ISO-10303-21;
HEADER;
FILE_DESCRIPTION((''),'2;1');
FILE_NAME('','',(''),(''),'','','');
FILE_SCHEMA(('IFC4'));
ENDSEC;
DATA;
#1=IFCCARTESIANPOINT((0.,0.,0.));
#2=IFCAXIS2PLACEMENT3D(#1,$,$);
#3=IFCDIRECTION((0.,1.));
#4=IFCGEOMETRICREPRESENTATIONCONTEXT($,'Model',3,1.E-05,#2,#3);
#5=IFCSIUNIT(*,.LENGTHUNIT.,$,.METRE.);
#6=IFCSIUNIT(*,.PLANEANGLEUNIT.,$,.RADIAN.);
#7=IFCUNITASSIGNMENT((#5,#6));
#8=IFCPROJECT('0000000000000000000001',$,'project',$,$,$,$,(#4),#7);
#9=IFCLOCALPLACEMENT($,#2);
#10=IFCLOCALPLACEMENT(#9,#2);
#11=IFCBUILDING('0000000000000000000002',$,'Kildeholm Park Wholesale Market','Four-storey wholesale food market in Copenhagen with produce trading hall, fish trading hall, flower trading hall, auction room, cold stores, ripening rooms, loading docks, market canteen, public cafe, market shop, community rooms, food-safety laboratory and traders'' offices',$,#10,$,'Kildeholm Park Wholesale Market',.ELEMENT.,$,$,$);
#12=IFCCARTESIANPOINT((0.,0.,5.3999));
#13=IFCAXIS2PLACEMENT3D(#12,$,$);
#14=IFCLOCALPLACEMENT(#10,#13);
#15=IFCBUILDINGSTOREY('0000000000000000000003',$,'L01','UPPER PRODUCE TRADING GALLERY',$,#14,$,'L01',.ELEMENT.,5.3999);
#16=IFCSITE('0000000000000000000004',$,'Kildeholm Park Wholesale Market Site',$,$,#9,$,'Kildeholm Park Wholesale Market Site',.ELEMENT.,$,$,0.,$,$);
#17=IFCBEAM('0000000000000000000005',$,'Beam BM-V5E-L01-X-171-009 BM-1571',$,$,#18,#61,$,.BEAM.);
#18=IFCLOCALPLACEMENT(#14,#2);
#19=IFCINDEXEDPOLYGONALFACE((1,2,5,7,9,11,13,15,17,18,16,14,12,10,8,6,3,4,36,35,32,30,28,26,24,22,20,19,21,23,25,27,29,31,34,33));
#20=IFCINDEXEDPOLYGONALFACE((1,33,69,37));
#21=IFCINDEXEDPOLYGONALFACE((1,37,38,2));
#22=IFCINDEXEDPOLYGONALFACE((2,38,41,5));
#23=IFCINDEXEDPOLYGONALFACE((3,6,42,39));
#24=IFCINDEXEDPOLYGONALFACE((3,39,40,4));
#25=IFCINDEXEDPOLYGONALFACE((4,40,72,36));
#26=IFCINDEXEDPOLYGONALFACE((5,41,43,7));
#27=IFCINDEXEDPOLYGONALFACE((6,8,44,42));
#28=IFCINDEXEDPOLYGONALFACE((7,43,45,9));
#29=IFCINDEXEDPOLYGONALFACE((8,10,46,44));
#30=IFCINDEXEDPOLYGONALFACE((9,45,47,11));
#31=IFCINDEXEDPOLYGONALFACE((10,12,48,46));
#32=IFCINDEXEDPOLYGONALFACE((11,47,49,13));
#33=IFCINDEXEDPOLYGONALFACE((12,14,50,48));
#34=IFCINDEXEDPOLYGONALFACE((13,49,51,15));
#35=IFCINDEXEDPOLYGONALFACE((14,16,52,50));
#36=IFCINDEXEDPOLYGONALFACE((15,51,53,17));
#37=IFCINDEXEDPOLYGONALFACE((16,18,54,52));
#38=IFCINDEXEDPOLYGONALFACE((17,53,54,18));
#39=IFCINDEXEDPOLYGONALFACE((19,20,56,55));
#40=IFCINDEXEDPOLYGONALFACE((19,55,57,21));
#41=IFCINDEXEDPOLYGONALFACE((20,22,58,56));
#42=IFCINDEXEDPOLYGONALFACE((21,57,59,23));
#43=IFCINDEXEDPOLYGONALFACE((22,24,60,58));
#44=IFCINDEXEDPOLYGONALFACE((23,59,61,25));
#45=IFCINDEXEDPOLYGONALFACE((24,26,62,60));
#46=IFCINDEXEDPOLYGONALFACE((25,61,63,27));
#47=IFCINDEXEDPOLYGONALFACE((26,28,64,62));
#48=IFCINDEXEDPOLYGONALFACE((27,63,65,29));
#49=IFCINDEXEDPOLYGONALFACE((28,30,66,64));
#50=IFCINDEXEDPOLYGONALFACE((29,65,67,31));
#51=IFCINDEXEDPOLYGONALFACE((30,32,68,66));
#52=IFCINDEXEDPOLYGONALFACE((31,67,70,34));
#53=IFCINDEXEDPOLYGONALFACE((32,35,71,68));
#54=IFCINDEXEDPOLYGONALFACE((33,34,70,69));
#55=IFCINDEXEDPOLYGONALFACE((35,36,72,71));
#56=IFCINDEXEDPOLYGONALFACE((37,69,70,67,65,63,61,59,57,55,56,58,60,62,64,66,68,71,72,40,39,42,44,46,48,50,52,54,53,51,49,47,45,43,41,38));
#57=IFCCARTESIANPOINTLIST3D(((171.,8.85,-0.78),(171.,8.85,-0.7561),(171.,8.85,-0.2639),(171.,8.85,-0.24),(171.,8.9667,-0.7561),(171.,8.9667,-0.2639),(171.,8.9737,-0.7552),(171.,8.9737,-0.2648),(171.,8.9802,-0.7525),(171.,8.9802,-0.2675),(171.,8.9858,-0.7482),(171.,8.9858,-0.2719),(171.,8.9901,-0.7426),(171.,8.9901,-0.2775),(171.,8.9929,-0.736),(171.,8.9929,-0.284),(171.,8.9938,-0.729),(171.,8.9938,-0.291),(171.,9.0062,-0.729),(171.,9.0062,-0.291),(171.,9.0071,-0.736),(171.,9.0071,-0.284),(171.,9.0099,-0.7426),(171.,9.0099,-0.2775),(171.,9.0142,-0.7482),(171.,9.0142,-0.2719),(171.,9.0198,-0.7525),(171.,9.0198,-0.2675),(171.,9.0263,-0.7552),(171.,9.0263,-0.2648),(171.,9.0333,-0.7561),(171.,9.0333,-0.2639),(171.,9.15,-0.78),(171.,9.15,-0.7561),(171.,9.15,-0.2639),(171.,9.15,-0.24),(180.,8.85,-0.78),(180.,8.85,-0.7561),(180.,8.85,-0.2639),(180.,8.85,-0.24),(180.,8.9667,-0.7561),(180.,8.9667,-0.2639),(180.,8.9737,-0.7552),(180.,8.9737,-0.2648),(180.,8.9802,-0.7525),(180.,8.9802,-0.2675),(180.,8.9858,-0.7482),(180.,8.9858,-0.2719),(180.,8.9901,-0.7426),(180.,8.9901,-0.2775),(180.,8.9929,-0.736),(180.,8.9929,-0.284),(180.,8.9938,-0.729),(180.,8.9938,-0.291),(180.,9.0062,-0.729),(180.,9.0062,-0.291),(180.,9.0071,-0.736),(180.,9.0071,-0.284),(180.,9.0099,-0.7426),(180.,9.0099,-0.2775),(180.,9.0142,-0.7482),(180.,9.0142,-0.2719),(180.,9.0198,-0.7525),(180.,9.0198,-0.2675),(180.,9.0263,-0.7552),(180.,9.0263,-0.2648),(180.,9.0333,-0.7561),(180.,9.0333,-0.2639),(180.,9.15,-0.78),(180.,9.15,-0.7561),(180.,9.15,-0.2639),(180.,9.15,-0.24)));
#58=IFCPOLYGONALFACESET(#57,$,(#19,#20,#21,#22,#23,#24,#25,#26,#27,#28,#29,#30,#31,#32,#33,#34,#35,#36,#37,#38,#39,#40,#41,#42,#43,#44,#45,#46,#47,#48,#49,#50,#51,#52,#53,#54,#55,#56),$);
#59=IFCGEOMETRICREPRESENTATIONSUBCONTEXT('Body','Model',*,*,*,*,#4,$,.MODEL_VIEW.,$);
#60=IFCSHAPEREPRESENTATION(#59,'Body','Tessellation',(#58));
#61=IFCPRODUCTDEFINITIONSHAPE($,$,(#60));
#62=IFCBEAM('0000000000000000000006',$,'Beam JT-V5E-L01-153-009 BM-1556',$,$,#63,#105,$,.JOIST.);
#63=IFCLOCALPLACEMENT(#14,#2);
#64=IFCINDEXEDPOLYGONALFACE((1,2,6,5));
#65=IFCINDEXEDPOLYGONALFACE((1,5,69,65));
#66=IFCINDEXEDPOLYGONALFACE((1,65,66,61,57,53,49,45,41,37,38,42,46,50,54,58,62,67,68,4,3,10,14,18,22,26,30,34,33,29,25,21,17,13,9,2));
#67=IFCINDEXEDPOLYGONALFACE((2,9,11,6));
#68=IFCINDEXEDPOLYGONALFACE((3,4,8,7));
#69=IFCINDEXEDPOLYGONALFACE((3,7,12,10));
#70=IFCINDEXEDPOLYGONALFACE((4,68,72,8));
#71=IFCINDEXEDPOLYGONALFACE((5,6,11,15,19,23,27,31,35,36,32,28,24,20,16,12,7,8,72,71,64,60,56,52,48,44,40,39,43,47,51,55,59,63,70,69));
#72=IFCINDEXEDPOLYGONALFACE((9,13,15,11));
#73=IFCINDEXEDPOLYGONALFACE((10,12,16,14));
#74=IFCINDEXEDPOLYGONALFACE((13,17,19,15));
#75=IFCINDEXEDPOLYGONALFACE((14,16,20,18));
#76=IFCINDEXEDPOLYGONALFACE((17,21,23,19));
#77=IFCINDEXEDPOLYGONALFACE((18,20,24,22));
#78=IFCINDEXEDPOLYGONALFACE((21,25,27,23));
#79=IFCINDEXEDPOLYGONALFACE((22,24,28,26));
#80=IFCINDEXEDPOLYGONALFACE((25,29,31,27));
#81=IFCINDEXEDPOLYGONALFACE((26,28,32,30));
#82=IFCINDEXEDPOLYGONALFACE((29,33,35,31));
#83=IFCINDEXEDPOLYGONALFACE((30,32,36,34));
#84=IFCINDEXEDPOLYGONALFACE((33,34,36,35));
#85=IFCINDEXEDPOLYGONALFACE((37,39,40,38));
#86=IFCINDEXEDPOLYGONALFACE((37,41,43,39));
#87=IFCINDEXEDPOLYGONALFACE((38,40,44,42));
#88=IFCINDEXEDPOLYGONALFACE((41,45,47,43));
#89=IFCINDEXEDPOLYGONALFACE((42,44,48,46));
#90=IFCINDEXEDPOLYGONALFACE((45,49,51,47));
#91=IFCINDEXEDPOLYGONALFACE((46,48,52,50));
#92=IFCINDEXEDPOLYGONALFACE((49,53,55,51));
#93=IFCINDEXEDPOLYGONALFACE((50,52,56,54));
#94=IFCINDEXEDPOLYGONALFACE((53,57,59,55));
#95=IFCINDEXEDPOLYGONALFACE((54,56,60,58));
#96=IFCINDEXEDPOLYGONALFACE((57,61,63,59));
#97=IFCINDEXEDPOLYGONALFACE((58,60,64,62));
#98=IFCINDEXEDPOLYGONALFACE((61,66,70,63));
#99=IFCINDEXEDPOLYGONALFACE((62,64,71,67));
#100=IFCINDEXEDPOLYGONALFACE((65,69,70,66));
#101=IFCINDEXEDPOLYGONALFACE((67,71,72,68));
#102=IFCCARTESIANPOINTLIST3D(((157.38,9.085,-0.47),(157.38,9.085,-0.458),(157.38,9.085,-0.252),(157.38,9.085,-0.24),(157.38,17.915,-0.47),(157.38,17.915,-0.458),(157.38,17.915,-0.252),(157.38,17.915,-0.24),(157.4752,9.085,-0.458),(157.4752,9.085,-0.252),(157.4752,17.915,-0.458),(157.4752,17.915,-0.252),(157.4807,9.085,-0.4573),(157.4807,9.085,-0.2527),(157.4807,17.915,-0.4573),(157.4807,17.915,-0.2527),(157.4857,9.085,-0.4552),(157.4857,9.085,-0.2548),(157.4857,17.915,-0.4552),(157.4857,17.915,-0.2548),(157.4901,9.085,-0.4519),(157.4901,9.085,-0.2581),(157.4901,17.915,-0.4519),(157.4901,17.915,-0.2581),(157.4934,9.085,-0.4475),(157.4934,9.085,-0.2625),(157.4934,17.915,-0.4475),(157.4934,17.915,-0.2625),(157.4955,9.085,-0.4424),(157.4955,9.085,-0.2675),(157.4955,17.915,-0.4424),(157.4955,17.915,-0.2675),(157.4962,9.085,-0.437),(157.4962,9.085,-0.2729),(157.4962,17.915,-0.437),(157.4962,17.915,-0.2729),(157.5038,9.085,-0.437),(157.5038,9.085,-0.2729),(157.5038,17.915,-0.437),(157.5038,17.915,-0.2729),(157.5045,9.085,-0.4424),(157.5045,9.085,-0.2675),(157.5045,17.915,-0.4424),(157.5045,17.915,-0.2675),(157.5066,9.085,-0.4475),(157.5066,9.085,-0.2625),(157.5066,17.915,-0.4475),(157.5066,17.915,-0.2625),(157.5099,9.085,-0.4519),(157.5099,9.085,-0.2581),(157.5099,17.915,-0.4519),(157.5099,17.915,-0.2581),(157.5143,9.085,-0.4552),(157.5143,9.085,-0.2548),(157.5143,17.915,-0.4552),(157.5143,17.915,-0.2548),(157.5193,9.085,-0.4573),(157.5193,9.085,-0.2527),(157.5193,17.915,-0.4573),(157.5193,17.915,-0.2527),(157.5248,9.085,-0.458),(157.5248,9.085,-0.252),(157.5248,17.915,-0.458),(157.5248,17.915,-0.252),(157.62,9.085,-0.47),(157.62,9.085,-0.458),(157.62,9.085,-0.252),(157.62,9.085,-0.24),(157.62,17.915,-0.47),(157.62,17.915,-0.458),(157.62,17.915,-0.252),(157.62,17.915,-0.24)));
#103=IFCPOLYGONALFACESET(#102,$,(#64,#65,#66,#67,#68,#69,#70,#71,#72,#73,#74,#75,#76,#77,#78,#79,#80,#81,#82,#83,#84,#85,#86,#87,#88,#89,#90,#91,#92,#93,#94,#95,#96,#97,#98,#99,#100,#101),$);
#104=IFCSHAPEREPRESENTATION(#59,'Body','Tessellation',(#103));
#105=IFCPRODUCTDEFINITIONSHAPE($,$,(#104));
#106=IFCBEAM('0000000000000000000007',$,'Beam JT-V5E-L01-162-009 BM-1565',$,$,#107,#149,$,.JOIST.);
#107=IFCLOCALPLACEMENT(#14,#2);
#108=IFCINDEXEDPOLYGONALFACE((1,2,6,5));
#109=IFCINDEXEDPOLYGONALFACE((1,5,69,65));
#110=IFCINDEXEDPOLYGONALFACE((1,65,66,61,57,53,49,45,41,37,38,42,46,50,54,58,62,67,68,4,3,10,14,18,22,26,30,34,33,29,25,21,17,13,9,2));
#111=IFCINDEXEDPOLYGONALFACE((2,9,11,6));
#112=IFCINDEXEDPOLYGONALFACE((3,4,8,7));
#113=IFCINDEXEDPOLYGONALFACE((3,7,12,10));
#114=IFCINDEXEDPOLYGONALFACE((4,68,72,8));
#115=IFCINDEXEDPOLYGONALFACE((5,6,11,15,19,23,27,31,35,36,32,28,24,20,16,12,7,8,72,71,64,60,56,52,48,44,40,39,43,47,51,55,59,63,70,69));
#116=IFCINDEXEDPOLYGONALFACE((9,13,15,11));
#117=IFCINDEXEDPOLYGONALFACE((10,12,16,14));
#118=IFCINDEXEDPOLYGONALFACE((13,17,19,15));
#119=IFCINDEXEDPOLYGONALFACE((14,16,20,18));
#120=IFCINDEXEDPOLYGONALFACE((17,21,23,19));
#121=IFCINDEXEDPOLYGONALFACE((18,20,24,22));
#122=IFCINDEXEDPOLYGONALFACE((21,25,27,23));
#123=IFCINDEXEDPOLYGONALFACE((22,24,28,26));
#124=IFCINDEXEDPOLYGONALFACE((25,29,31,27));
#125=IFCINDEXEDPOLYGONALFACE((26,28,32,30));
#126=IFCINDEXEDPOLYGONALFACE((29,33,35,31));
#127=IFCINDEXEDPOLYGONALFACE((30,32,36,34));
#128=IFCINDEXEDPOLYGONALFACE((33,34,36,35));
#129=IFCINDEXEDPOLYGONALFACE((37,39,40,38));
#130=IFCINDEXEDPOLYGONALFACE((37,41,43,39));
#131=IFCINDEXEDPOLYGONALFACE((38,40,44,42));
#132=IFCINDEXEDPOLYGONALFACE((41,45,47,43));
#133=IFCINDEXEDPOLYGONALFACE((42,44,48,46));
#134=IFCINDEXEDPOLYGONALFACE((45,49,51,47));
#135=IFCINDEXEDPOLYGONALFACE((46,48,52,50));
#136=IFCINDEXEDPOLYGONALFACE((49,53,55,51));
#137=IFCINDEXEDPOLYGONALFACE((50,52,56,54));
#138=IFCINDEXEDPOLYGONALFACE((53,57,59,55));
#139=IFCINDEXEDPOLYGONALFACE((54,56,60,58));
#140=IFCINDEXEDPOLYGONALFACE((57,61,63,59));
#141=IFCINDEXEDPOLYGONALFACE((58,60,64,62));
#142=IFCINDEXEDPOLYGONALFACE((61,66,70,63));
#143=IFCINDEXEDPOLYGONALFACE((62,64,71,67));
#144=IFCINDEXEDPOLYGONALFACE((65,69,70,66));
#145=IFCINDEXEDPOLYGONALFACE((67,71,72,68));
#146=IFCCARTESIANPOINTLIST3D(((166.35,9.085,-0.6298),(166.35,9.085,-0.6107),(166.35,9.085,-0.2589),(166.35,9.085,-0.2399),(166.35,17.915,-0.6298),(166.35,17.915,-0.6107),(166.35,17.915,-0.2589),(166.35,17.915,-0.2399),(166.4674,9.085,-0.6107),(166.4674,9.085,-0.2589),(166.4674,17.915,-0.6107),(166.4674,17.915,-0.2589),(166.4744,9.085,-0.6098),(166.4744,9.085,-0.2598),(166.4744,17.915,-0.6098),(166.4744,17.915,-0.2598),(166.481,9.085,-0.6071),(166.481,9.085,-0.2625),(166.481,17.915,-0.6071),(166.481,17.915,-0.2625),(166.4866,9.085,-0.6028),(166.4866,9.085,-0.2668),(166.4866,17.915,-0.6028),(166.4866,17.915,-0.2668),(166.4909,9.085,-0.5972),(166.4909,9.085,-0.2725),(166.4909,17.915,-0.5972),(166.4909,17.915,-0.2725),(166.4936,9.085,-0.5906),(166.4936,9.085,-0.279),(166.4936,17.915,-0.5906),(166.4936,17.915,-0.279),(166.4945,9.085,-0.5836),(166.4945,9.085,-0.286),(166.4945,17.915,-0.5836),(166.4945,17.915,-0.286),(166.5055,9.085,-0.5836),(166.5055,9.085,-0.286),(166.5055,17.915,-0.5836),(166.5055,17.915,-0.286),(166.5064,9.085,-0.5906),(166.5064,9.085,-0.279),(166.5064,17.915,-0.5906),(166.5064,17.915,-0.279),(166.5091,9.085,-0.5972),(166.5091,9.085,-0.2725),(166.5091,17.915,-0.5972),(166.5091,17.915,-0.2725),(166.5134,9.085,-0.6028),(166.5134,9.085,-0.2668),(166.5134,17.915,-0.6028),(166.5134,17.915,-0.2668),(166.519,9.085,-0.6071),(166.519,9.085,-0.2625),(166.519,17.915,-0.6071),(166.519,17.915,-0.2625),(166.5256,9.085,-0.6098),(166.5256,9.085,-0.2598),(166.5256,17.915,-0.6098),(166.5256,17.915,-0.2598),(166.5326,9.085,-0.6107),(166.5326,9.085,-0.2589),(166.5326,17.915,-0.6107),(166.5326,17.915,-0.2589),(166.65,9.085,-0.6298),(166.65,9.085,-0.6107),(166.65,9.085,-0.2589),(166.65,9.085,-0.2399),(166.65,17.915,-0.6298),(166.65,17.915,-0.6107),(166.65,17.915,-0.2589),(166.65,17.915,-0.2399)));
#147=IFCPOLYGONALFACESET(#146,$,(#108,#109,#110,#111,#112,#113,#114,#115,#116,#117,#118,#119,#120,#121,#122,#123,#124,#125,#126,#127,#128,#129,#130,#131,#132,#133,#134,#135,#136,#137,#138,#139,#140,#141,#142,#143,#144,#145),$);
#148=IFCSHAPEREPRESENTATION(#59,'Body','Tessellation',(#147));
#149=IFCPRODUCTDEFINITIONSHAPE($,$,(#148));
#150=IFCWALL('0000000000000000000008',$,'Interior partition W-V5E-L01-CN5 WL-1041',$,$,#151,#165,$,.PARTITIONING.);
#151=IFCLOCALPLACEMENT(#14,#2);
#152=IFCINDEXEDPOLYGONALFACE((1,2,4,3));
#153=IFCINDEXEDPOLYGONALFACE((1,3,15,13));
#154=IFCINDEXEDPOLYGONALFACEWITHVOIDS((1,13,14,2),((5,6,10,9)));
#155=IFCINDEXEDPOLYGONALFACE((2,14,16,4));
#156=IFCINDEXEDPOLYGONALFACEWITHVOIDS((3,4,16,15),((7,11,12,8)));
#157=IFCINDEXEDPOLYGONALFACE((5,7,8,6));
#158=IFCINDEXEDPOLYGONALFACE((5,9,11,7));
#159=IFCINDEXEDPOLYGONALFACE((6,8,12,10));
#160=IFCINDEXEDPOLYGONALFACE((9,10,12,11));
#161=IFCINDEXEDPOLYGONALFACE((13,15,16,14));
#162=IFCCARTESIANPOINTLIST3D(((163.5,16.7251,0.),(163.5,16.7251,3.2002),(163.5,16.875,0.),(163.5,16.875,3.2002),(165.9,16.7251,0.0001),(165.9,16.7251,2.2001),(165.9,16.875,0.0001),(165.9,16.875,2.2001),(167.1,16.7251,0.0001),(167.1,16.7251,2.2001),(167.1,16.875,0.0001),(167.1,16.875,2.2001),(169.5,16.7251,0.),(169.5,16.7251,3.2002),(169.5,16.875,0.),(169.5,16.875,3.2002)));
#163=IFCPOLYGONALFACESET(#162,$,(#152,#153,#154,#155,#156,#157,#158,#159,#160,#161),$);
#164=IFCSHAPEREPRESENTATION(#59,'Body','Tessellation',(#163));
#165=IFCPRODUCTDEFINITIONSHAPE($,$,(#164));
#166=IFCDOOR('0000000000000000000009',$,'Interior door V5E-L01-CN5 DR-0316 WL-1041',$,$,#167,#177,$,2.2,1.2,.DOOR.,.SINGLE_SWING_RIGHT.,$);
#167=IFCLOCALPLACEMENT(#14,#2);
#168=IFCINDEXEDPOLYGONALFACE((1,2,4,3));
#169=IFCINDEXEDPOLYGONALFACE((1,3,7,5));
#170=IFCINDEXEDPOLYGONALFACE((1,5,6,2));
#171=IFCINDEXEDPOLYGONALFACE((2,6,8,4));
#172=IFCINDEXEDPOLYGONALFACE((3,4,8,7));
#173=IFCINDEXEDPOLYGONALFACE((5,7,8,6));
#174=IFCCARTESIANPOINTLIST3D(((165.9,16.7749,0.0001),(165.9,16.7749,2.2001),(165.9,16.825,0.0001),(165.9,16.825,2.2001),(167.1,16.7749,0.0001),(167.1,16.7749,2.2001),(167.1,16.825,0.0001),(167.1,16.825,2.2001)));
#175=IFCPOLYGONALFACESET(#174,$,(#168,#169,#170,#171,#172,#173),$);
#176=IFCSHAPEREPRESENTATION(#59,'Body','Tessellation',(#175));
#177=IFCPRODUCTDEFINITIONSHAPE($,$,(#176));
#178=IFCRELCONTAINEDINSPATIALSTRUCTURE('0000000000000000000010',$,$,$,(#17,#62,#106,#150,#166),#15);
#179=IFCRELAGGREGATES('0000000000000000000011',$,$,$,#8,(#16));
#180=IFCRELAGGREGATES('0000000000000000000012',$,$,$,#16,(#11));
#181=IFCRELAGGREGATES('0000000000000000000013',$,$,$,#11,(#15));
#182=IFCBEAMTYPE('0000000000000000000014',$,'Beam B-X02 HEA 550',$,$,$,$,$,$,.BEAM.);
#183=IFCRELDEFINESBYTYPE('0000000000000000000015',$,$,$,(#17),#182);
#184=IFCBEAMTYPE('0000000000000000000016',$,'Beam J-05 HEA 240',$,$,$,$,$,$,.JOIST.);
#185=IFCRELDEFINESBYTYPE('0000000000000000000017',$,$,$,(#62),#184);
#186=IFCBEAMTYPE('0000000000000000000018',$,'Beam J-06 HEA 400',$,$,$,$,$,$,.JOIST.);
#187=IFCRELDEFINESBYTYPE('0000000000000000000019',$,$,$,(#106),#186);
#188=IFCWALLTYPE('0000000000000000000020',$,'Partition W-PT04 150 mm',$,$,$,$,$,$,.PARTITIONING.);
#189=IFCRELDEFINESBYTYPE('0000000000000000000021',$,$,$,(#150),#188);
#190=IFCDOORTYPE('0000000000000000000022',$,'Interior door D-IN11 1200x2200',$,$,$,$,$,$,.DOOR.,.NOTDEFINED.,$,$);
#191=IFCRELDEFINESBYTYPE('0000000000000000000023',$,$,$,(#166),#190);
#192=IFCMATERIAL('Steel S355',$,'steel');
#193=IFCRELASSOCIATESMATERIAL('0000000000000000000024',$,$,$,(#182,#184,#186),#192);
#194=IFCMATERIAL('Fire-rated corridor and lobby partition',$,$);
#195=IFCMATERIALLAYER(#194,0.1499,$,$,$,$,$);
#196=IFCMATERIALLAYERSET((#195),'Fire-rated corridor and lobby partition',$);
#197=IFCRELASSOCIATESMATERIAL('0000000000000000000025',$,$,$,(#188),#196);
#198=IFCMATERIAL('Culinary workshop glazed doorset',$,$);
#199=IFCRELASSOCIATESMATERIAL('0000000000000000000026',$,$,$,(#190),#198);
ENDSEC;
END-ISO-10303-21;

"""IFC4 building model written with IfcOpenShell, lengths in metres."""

from ifc_helpers import new_model, si_unit, direction, frame, frame_2d, origin, origin_2d, place, context, subcontext, project, spatial, rectangle, i_section, extrude, material, layer, layer_set, material_profile, profile_set, type_object, element, fill, save


model = new_model("IFC4")

# Units and contexts
model_context = context("Model", 3, precision=1e-05, world=origin(), true_north=direction((0.0, 1.0)))
body_context = subcontext(model_context, "Body", "Model", "MODEL_VIEW")
ifc_project = project(units=[si_unit("LENGTHUNIT", "METRE"), si_unit("PLANEANGLEUNIT", "RADIAN")], contexts=[model_context])

# Site, building, storey
site_placement = place(None, origin())
site = spatial("IfcSite", under=ifc_project, at=site_placement, Name="Kildeholm Park Wholesale Market Site", LongName="Kildeholm Park Wholesale Market Site", CompositionType="ELEMENT", RefElevation=0.0)
building_placement = place(site_placement, origin())
building = spatial("IfcBuilding", under=site, at=building_placement, Name="Kildeholm Park Wholesale Market", Description="Four-storey wholesale food market in Copenhagen with produce trading hall, fish trading hall, flower trading hall, auction room, cold stores, ripening rooms, loading docks, market canteen, public cafe, market shop, community rooms, food-safety laboratory and traders' offices", LongName="Kildeholm Park Wholesale Market", CompositionType="ELEMENT")
storey_placement = place(building_placement, frame((0.0, 0.0, 5.3999)))
storey = spatial("IfcBuildingStorey", under=building, at=storey_placement, Name="L01", Description="UPPER PRODUCE TRADING GALLERY", LongName="L01", CompositionType="ELEMENT", Elevation=5.3999)

# Shared definitions
ifc_material_1 = material(Name="Steel S355", Category="steel")

# Beams
ifc_material_profile_1 = material_profile(ifc_material_1, i_section(OverallWidth=0.3, OverallDepth=0.54, WebThickness=0.0125, FlangeThickness=0.0239, FilletRadius=0.0271, at=origin_2d()), Name="HEA 550")
ifc_profile_set_1 = profile_set([ifc_material_profile_1], Name="Steel S355")
beam_type_1 = type_object("IfcBeamType", Name="Beam B-X02 HEA 550", PredefinedType="BEAM", material=ifc_profile_set_1)
for number, where, z_axis, x_axis, name in (
    (1, (171.0, 9.0, -0.51), (1.0, 0.0, 0.0), (0.0, 1.0, 0.0), "Beam BM-V5E-L01-X-171-009 BM-1571"),
):
    element("IfcBeam", number, at=place(storey_placement, frame(where, z_axis=z_axis, x_axis=x_axis)), inside=storey, type_object=beam_type_1, Name=name, PredefinedType="BEAM", context=body_context, shape_type="SweptSolid", body=[
        extrude(i_section(OverallWidth=0.3, OverallDepth=0.54, WebThickness=0.0125, FlangeThickness=0.0239, FilletRadius=0.0271, at=origin_2d()), origin(), (0.0, 0.0, 1.0), 9.0),
    ])
ifc_material_profile_2 = material_profile(ifc_material_1, i_section(OverallWidth=0.24, OverallDepth=0.23, WebThickness=0.0076, FlangeThickness=0.012, FilletRadius=0.021, at=origin_2d()), Name="HEA 240")
ifc_profile_set_2 = profile_set([ifc_material_profile_2], Name="Steel S355")
beam_type_2 = type_object("IfcBeamType", Name="Beam J-05 HEA 240", PredefinedType="JOIST", material=ifc_profile_set_2)
beam_1_placement = place(storey_placement, frame((157.5, 9.085, -0.355), z_axis=(0.0, 1.0, 0.0), x_axis=(-1.0, 0.0, 0.0)))
element("IfcBeam", 2, at=beam_1_placement, inside=storey, type_object=beam_type_2, Name="Beam JT-V5E-L01-153-009 BM-1556", PredefinedType="JOIST", context=body_context, shape_type="SweptSolid", body=[
    extrude(i_section(OverallWidth=0.24, OverallDepth=0.23, WebThickness=0.0076, FlangeThickness=0.012, FilletRadius=0.021, at=origin_2d()), origin(), (0.0, 0.0, 1.0), 8.8301),
])
ifc_material_profile_3 = material_profile(ifc_material_1, i_section(OverallWidth=0.3, OverallDepth=0.3899, WebThickness=0.011, FlangeThickness=0.019, FilletRadius=0.0271, at=origin_2d()), Name="HEA 400")
ifc_profile_set_3 = profile_set([ifc_material_profile_3], Name="Steel S355")
beam_type_3 = type_object("IfcBeamType", Name="Beam J-06 HEA 400", PredefinedType="JOIST", material=ifc_profile_set_3)
beam_2_placement = place(storey_placement, frame((166.5, 9.085, -0.4348), z_axis=(0.0, 1.0, 0.0), x_axis=(-1.0, 0.0, 0.0)))
element("IfcBeam", 3, at=beam_2_placement, inside=storey, type_object=beam_type_3, Name="Beam JT-V5E-L01-162-009 BM-1565", PredefinedType="JOIST", context=body_context, shape_type="SweptSolid", body=[
    extrude(i_section(OverallWidth=0.3, OverallDepth=0.3899, WebThickness=0.011, FlangeThickness=0.019, FilletRadius=0.0271, at=origin_2d()), origin(), (0.0, 0.0, 1.0), 8.8301),
])

# Wall, opening, door
ifc_material_2 = material(Name="Fire-rated corridor and lobby partition")
ifc_layer_1 = layer(ifc_material_2, 0.1499)
ifc_layer_set_1 = layer_set([ifc_layer_1], Name="Fire-rated corridor and lobby partition")
wall_type_1 = type_object("IfcWallType", Name="Partition W-PT04 150 mm", PredefinedType="PARTITIONING", material=ifc_layer_set_1)
wall_1_placement = place(storey_placement, frame((163.5, 16.8, 0.0), z_axis=(0.0, 0.0, 1.0), x_axis=(1.0, 0.0, 0.0)))
wall_1 = element("IfcWall", 4, at=wall_1_placement, inside=storey, type_object=wall_type_1, Name="Interior partition W-V5E-L01-CN5 WL-1041", PredefinedType="PARTITIONING", context=body_context, shape_type="SweptSolid", body=[
    extrude(rectangle(XDim=6.0, YDim=0.1499, at=frame_2d((3.0, 0.0))), origin(), (0.0, 0.0, 1.0), 3.2002),
])
opening_1_placement = place(wall_1_placement, frame((2.3999, 0.0, 0.0)))
opening_1 = element("IfcOpeningElement", 5, at=opening_1_placement, cuts=wall_1, PredefinedType="OPENING", context=body_context, shape_type="SweptSolid", body=[
    extrude(rectangle(XDim=1.2, YDim=2.2, at=frame_2d((0.6001, 1.1001))), frame((0.0, 0.085, 0.0), z_axis=(0.0, -1.0, 0.0), x_axis=(1.0, 0.0, 0.0)), (0.0, 0.0, 1.0), 0.1699),
])
ifc_material_3 = material(Name="Culinary workshop glazed doorset")
door_type_1 = type_object("IfcDoorType", Name="Interior door D-IN11 1200x2200", OperationType="NOTDEFINED", PredefinedType="DOOR", material=ifc_material_3)
door_1_placement = place(opening_1_placement, origin())
door_1 = element("IfcDoor", 6, at=door_1_placement, inside=storey, type_object=door_type_1, Name="Interior door V5E-L01-CN5 DR-0316 WL-1041", OperationType="SINGLE_SWING_RIGHT", OverallHeight=2.2, OverallWidth=1.2, PredefinedType="DOOR", context=body_context, shape_type="SweptSolid", body=[
    extrude(rectangle(XDim=1.2, YDim=2.2, at=frame_2d((0.6001, 1.1001))), frame((0.0, 0.0249, 0.0), z_axis=(0.0, -1.0, 0.0), x_axis=(1.0, 0.0, 0.0)), (0.0, 0.0, 1.0), 0.05),
])
fill(opening_1, door_1)

save(model, "model.ifc")
